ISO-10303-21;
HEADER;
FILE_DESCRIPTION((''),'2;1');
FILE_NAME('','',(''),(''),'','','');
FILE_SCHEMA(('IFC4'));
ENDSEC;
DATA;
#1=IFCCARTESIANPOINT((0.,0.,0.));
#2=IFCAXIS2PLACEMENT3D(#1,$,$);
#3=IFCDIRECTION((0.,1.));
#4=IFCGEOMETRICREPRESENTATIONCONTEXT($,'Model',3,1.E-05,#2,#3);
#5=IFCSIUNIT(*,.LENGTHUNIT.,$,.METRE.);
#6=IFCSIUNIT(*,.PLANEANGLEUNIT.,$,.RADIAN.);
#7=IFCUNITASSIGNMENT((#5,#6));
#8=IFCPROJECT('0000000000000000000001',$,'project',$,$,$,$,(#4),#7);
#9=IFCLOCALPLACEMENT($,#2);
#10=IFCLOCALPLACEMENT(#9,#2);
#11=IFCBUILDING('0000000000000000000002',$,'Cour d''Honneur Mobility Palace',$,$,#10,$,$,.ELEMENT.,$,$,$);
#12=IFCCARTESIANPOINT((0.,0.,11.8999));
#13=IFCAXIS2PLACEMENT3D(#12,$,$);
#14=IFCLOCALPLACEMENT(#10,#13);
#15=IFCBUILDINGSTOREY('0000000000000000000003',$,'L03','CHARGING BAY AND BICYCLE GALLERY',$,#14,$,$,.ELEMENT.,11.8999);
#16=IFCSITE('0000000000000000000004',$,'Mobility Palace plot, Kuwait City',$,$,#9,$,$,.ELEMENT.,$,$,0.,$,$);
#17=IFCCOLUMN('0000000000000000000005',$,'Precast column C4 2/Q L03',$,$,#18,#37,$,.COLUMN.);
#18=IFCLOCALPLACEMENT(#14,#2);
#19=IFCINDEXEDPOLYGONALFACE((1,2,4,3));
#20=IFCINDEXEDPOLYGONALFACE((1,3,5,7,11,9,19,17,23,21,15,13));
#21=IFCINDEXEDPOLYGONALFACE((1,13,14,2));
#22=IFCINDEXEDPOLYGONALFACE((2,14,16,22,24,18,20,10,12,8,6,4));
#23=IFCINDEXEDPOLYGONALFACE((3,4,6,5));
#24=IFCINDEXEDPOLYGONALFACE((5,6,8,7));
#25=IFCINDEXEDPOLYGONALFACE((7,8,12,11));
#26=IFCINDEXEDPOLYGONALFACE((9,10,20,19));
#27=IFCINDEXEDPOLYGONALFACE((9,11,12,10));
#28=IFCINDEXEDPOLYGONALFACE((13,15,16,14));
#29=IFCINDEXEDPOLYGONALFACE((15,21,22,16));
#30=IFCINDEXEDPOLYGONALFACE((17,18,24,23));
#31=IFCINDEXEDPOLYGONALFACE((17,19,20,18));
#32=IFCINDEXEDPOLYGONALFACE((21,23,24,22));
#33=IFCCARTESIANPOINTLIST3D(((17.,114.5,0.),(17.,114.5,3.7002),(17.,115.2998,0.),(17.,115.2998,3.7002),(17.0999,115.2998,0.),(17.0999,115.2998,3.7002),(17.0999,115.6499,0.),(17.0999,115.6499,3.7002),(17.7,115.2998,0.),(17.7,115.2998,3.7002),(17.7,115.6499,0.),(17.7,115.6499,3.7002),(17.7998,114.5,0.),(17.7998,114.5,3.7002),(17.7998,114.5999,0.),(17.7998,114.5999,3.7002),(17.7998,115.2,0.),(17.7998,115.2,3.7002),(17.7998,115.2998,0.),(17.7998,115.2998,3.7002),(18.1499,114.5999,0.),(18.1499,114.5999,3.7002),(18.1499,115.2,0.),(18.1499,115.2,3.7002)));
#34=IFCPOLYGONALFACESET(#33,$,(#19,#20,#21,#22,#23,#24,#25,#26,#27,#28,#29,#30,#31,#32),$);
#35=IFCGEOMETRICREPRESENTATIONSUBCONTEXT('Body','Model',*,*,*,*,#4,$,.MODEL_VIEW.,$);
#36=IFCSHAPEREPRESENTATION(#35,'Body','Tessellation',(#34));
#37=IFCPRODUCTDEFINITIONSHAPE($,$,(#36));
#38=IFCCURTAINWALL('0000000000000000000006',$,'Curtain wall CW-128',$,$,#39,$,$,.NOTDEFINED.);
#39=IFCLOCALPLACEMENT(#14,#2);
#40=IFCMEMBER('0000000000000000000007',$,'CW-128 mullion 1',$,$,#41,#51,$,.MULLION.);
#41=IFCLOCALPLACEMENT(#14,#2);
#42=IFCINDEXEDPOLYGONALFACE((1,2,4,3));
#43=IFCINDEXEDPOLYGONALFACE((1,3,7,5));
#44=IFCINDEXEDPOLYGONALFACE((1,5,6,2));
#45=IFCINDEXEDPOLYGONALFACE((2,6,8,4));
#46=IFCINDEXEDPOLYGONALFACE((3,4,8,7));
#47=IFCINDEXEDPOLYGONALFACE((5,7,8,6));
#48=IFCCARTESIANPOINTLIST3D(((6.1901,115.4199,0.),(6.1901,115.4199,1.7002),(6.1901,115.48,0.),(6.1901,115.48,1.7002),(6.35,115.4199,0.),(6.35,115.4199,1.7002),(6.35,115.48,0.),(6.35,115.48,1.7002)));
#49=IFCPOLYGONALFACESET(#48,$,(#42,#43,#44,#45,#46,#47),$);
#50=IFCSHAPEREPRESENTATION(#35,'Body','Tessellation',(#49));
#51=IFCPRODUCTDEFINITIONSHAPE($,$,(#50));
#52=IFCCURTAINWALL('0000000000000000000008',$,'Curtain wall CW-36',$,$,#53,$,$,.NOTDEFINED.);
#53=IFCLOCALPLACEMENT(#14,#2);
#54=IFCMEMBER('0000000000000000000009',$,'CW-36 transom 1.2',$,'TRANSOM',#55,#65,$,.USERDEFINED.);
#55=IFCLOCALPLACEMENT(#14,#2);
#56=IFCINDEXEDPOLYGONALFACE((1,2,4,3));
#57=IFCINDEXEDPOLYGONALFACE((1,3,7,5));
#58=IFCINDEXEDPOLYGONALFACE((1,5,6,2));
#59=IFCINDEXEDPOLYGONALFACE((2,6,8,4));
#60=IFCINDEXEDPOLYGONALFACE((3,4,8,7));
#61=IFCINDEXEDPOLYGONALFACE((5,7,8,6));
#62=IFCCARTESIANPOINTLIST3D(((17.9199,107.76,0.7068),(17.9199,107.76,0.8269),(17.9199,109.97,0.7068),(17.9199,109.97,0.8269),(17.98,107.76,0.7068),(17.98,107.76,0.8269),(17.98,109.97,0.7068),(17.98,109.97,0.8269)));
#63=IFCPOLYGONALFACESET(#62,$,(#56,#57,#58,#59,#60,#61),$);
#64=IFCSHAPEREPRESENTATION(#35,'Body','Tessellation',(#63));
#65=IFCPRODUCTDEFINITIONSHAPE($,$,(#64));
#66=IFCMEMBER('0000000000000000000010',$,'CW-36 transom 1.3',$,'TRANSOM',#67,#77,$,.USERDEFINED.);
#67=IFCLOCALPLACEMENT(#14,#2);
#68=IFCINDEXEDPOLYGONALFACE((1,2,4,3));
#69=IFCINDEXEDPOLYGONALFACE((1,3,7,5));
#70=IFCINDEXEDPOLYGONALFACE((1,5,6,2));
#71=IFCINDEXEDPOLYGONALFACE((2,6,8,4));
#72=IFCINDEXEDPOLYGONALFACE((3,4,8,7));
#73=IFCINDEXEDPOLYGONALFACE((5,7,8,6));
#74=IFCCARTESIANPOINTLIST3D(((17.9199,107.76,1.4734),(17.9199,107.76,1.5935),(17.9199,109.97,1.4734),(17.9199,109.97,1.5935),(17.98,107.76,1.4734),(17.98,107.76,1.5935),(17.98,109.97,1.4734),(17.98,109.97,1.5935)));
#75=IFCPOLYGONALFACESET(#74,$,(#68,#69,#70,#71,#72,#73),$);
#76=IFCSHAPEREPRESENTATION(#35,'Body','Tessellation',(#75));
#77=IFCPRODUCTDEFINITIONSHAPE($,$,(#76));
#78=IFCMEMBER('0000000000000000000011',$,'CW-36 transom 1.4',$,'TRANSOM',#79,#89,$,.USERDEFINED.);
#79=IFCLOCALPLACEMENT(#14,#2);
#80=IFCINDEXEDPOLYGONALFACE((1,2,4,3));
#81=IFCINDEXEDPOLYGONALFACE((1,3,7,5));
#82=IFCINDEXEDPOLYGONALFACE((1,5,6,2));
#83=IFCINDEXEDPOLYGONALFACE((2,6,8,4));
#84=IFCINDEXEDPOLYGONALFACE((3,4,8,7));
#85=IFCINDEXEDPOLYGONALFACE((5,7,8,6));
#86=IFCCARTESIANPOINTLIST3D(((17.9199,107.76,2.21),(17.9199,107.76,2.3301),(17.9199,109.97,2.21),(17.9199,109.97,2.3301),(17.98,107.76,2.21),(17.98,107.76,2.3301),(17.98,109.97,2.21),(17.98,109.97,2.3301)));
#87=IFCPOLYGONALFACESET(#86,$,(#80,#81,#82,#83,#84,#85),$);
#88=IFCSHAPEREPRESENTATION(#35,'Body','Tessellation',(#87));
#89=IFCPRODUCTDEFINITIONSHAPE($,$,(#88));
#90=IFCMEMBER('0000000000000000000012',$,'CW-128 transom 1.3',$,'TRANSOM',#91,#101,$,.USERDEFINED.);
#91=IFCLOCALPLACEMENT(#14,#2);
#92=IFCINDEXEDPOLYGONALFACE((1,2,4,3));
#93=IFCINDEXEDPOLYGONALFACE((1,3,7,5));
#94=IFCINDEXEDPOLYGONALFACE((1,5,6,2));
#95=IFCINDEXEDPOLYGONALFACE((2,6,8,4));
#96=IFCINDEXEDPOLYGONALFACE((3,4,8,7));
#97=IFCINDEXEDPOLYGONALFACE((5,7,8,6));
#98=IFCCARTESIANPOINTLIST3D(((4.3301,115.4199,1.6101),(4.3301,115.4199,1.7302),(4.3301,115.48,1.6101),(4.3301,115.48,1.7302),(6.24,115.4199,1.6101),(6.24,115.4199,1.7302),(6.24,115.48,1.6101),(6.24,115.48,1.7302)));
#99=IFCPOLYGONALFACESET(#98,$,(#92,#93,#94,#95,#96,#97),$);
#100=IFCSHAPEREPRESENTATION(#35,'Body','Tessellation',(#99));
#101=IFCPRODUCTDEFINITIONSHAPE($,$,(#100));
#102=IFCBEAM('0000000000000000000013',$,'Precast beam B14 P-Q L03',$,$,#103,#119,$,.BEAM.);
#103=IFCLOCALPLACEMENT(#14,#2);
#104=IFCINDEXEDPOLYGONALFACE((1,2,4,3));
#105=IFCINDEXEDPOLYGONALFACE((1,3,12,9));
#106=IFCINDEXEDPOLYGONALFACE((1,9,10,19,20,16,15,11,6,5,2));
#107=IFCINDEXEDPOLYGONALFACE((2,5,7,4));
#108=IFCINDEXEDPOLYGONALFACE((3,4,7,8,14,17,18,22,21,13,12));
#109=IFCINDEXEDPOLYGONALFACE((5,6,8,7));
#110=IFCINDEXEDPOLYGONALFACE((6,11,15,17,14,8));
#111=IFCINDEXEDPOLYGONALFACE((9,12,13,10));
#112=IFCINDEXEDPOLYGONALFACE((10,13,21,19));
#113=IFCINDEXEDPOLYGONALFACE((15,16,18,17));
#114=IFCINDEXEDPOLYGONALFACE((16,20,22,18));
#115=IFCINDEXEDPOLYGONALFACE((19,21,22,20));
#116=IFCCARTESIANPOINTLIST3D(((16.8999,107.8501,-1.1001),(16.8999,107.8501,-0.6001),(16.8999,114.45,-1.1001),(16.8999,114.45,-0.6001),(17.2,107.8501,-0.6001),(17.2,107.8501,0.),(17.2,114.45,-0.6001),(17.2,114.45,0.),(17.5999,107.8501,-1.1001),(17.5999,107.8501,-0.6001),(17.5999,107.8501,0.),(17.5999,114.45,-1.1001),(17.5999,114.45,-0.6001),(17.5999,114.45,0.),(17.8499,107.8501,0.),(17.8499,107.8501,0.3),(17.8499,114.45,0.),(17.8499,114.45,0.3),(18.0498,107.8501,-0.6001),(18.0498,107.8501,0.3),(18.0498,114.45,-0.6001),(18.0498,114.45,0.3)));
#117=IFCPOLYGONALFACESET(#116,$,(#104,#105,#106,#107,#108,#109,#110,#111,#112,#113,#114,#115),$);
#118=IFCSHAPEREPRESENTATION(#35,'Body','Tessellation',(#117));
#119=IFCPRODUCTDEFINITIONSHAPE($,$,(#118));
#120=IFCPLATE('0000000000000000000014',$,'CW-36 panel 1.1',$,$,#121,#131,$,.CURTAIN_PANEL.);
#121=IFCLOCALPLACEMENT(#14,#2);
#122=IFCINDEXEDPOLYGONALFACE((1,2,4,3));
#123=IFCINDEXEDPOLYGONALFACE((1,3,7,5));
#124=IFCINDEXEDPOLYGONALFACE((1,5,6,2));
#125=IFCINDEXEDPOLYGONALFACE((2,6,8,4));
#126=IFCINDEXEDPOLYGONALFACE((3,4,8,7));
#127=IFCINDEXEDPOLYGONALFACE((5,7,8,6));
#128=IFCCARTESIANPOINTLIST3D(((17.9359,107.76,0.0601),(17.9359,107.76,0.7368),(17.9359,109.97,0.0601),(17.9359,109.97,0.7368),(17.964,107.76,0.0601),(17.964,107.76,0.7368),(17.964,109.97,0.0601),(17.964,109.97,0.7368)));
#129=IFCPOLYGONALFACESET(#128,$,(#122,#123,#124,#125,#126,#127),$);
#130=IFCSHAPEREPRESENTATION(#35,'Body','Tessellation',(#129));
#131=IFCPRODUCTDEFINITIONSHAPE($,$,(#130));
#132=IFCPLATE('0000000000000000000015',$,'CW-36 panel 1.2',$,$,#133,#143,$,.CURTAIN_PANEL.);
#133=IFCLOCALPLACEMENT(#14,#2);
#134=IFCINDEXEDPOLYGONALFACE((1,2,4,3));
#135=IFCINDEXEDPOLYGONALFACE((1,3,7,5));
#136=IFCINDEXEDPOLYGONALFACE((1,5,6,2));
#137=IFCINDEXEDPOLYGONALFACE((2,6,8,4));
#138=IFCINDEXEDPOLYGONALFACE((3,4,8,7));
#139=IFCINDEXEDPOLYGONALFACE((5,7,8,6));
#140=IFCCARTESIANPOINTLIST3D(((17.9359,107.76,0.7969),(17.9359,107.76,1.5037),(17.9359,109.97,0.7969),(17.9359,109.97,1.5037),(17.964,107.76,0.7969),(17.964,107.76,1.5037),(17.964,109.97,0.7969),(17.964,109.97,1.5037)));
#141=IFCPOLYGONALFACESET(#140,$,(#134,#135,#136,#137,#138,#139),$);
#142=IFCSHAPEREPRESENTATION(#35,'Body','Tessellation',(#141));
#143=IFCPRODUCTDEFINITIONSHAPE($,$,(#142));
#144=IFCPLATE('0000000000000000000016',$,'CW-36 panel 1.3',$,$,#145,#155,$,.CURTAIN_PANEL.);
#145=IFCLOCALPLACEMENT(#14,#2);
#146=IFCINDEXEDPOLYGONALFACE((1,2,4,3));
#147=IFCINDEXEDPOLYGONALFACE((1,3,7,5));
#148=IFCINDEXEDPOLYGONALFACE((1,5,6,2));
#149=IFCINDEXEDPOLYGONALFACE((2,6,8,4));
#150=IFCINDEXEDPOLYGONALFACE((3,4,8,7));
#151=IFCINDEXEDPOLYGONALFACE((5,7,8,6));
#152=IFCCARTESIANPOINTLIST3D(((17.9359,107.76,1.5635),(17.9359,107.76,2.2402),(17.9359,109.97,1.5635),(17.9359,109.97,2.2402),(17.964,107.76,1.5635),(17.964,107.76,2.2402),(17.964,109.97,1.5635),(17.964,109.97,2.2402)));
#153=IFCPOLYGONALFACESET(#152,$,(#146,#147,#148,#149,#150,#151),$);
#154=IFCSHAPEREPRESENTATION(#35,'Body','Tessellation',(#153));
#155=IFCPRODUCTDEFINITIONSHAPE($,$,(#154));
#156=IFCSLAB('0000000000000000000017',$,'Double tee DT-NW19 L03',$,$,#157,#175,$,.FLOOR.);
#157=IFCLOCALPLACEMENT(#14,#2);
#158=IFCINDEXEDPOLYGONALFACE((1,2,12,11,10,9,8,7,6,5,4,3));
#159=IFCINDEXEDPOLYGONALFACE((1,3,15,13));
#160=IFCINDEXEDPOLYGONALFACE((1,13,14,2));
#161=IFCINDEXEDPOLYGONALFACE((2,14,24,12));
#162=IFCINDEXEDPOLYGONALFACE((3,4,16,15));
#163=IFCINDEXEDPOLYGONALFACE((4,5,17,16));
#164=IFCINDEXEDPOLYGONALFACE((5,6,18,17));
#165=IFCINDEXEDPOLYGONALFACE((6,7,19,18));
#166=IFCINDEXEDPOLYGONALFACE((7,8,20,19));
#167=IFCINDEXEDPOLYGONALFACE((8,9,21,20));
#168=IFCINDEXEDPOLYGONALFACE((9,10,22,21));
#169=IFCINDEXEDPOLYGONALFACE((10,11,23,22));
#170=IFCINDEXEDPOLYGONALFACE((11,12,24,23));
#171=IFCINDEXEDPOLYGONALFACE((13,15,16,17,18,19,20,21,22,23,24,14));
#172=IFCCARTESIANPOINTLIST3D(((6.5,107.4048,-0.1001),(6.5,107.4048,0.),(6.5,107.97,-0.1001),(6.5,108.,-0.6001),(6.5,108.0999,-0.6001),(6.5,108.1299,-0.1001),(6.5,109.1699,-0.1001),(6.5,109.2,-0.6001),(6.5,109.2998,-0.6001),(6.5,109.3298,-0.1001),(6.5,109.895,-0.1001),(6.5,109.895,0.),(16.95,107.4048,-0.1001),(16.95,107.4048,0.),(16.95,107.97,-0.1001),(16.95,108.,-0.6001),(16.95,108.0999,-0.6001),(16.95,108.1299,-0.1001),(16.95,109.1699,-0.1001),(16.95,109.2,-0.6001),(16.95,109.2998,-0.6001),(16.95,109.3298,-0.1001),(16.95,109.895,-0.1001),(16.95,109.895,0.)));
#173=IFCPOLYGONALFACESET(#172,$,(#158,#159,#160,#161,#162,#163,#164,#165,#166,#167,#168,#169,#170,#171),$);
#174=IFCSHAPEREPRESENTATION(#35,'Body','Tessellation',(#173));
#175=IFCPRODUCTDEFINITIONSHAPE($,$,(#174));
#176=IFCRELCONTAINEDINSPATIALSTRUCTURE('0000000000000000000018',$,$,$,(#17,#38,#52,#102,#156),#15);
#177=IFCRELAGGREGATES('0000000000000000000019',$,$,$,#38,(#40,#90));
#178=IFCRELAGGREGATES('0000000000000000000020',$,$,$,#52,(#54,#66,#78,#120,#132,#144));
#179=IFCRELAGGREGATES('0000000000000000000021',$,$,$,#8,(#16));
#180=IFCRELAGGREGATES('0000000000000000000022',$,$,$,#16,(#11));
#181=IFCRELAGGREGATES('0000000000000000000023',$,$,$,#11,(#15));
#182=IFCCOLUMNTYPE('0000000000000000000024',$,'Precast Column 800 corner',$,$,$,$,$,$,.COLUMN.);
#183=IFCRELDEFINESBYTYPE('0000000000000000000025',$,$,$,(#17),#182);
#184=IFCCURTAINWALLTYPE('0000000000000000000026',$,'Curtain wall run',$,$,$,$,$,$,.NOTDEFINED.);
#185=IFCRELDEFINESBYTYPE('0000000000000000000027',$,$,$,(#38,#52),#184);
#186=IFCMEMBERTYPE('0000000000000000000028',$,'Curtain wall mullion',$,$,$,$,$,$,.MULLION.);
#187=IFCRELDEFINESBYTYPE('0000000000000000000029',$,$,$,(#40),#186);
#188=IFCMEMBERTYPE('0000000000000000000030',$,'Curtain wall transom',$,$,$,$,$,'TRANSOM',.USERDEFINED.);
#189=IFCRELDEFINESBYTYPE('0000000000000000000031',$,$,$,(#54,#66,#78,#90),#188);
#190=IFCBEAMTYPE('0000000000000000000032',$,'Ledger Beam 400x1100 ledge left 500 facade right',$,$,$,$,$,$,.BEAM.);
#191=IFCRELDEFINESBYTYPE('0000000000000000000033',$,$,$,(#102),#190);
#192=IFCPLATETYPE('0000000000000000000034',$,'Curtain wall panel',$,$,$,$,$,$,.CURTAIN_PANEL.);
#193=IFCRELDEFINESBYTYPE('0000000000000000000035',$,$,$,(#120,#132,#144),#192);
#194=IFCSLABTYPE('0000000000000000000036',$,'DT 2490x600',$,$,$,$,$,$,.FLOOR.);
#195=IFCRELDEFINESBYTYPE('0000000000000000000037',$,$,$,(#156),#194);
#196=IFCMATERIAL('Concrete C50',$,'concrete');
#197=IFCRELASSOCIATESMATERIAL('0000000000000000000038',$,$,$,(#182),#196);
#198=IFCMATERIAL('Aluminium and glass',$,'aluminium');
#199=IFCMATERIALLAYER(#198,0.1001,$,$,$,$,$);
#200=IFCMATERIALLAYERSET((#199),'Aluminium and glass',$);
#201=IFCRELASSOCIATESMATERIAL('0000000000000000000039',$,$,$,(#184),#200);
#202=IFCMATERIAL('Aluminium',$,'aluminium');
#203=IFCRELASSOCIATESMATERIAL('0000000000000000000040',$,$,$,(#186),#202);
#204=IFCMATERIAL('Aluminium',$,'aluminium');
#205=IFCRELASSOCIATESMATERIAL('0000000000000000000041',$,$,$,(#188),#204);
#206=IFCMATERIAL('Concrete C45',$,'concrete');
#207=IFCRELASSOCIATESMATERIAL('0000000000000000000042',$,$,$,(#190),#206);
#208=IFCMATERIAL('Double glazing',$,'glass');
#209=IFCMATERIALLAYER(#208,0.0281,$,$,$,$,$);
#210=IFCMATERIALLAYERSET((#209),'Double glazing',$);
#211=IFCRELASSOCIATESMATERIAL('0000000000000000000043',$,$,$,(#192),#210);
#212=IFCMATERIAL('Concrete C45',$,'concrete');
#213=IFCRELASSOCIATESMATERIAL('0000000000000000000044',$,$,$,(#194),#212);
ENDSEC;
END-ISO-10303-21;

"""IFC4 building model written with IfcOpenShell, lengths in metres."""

from ifc_helpers import new_model, si_unit, direction, frame, origin, origin_2d, place, context, subcontext, project, spatial, polyline, rectangle, outline, extrude, material, layer, layer_set, material_profile, profile_set, type_object, element, aggregate, save


model = new_model("IFC4")

# Units and contexts
model_context = context("Model", 3, precision=1e-05, world=origin(), true_north=direction((0.0, 1.0)))
body_context = subcontext(model_context, "Body", "Model", "MODEL_VIEW")
ifc_project = project(units=[si_unit("LENGTHUNIT", "METRE"), si_unit("PLANEANGLEUNIT", "RADIAN")], contexts=[model_context])

# Site, building, storey
site_placement = place(None, origin())
site = spatial("IfcSite", under=ifc_project, at=site_placement, Name="Mobility Palace plot, Kuwait City", CompositionType="ELEMENT", RefElevation=0.0)
building_placement = place(site_placement, origin())
building = spatial("IfcBuilding", under=site, at=building_placement, Name="Cour d'Honneur Mobility Palace", CompositionType="ELEMENT")
storey_placement = place(building_placement, frame((0.0, 0.0, 11.8999)))
storey = spatial("IfcBuildingStorey", under=building, at=storey_placement, Name="L03", Description="CHARGING BAY AND BICYCLE GALLERY", CompositionType="ELEMENT", Elevation=11.8999)

# Column
ifc_material_1 = material(Name="Concrete C50", Category="concrete")
ifc_material_profile_1 = material_profile(ifc_material_1, outline(polyline([(-0.3999, -0.3999), (0.3999, -0.3999), (0.3999, -0.3), (0.75, -0.3), (0.75, 0.3), (0.3999, 0.3), (0.3999, 0.3999), (0.3, 0.3999), (0.3, 0.75), (-0.3, 0.75), (-0.3, 0.3999), (-0.3999, 0.3999), (-0.3999, -0.3999)])), Name="PC C800 corner")
ifc_profile_set_1 = profile_set([ifc_material_profile_1], Name="Concrete C50")
column_type = type_object("IfcColumnType", Name="Precast Column 800 corner", PredefinedType="COLUMN", material=ifc_profile_set_1)
column_placement = place(storey_placement, frame((17.3999, 114.8999, 0.0), z_axis=(0.0, 0.0, 1.0), x_axis=(1.0, 0.0, 0.0)))
element("IfcColumn", 1, at=column_placement, inside=storey, type_object=column_type, Name="Precast column C4 2/Q L03", PredefinedType="COLUMN", context=body_context, shape_type="SweptSolid", body=[
    extrude(outline(polyline([(-0.3999, -0.3999), (0.3999, -0.3999), (0.3999, -0.3), (0.75, -0.3), (0.75, 0.3), (0.3999, 0.3), (0.3999, 0.3999), (0.3, 0.3999), (0.3, 0.75), (-0.3, 0.75), (-0.3, 0.3999), (-0.3999, 0.3999), (-0.3999, -0.3999)])), origin(), (0.0, 0.0, 1.0), 3.7002),
])

# Curtain wall, member
ifc_material_2 = material(Name="Aluminium and glass", Category="aluminium")
ifc_layer_1 = layer(ifc_material_2, 0.1001)
ifc_layer_set_1 = layer_set([ifc_layer_1], Name="Aluminium and glass")
curtain_wall_type = type_object("IfcCurtainWallType", Name="Curtain wall run", PredefinedType="NOTDEFINED", material=ifc_layer_set_1)
curtain_wall_1_placement = place(storey_placement, origin())
curtain_wall_1 = element("IfcCurtainWall", 2, at=curtain_wall_1_placement, inside=storey, type_object=curtain_wall_type, Name="Curtain wall CW-128", PredefinedType="NOTDEFINED")
ifc_material_3 = material(Name="Aluminium", Category="aluminium")
ifc_material_profile_2 = material_profile(ifc_material_3, rectangle(XDim=0.0601, YDim=0.1599, at=origin_2d()), Name="Curtain wall mullion")
ifc_profile_set_2 = profile_set([ifc_material_profile_2], Name="Aluminium")
member_type_1 = type_object("IfcMemberType", Name="Curtain wall mullion", PredefinedType="MULLION", material=ifc_profile_set_2)
member_1_placement = place(storey_placement, frame((6.27, 115.45, 0.0), z_axis=(0.0, 0.0, 1.0), x_axis=(0.0, -1.0, 0.0)))
member_1 = element("IfcMember", 3, at=member_1_placement, type_object=member_type_1, Name="CW-128 mullion 1", PredefinedType="MULLION", context=body_context, shape_type="SweptSolid", body=[
    extrude(rectangle(XDim=0.0601, YDim=0.1599, at=origin_2d()), origin(), (0.0, 0.0, 1.0), 1.7002),
])

# Curtain wall, members
curtain_wall_2_placement = place(storey_placement, origin())
curtain_wall_2 = element("IfcCurtainWall", 4, at=curtain_wall_2_placement, inside=storey, type_object=curtain_wall_type, Name="Curtain wall CW-36", PredefinedType="NOTDEFINED")
ifc_material_4 = material(Name="Aluminium", Category="aluminium")
ifc_material_profile_3 = material_profile(ifc_material_4, rectangle(XDim=0.0601, YDim=0.1201, at=origin_2d()), Name="Curtain wall transom")
ifc_profile_set_3 = profile_set([ifc_material_profile_3], Name="Aluminium")
member_type_2 = type_object("IfcMemberType", Name="Curtain wall transom", ElementType="TRANSOM", PredefinedType="USERDEFINED", material=ifc_profile_set_3)
member_2_placement = place(storey_placement, frame((17.95, 107.76, 0.7668), z_axis=(0.0, 1.0, 0.0), x_axis=(-1.0, 0.0, 0.0)))
member_2 = element("IfcMember", 5, at=member_2_placement, type_object=member_type_2, Name="CW-36 transom 1.2", ObjectType="TRANSOM", PredefinedType="USERDEFINED", context=body_context, shape_type="SweptSolid", body=[
    extrude(rectangle(XDim=0.0601, YDim=0.1201, at=origin_2d()), origin(), (0.0, 0.0, 1.0), 2.21),
])
member_3_placement = place(storey_placement, frame((17.95, 107.76, 1.5334), z_axis=(0.0, 1.0, 0.0), x_axis=(-1.0, 0.0, 0.0)))
member_3 = element("IfcMember", 6, at=member_3_placement, type_object=member_type_2, Name="CW-36 transom 1.3", ObjectType="TRANSOM", PredefinedType="USERDEFINED", context=body_context, shape_type="SweptSolid", body=[
    extrude(rectangle(XDim=0.0601, YDim=0.1201, at=origin_2d()), origin(), (0.0, 0.0, 1.0), 2.21),
])
member_4_placement = place(storey_placement, frame((17.95, 107.76, 2.27), z_axis=(0.0, 1.0, 0.0), x_axis=(-1.0, 0.0, 0.0)))
member_4 = element("IfcMember", 7, at=member_4_placement, type_object=member_type_2, Name="CW-36 transom 1.4", ObjectType="TRANSOM", PredefinedType="USERDEFINED", context=body_context, shape_type="SweptSolid", body=[
    extrude(rectangle(XDim=0.0601, YDim=0.1201, at=origin_2d()), origin(), (0.0, 0.0, 1.0), 2.21),
])

# Member
member_5_placement = place(storey_placement, frame((6.24, 115.45, 1.6702), z_axis=(-1.0, 0.0, 0.0), x_axis=(0.0, -1.0, 0.0)))
member_5 = element("IfcMember", 8, at=member_5_placement, type_object=member_type_2, Name="CW-128 transom 1.3", ObjectType="TRANSOM", PredefinedType="USERDEFINED", context=body_context, shape_type="SweptSolid", body=[
    extrude(rectangle(XDim=0.0601, YDim=0.1201, at=origin_2d()), origin(), (0.0, 0.0, 1.0), 1.9099),
])
aggregate(curtain_wall_1, [member_1, member_5])

# Beam
ifc_material_5 = material(Name="Concrete C45", Category="concrete")
ifc_material_profile_4 = material_profile(ifc_material_5, outline(polyline([(0.5, -1.1001), (0.5, -0.6001), (0.2, -0.6001), (0.2, 0.0), (-0.2, 0.0), (-0.45, 0.0), (-0.45, 0.3), (-0.6499, 0.3), (-0.6499, -0.6001), (-0.2, -0.6001), (-0.2, -1.1001), (0.5, -1.1001)])), Name="Ledger Beam 400x1100 ledge left 500 facade right")
ifc_profile_set_4 = profile_set([ifc_material_profile_4], Name="Concrete C45")
beam_type = type_object("IfcBeamType", Name="Ledger Beam 400x1100 ledge left 500 facade right", PredefinedType="BEAM", material=ifc_profile_set_4)
beam_placement = place(storey_placement, frame((17.3999, 107.8501, 0.0), z_axis=(0.0, 1.0, 0.0), x_axis=(-1.0, 0.0, 0.0)))
element("IfcBeam", 9, at=beam_placement, inside=storey, type_object=beam_type, Name="Precast beam B14 P-Q L03", PredefinedType="BEAM", context=body_context, shape_type="SweptSolid", body=[
    extrude(outline(polyline([(0.5, -1.1001), (0.5, -0.6001), (0.2, -0.6001), (0.2, 0.0), (-0.2, 0.0), (-0.45, 0.0), (-0.45, 0.3), (-0.6499, 0.3), (-0.6499, -0.6001), (-0.2, -0.6001), (-0.2, -1.1001), (0.5, -1.1001)])), origin(), (0.0, 0.0, 1.0), 6.5999),
])

# Plates
ifc_material_6 = material(Name="Double glazing", Category="glass")
ifc_layer_2 = layer(ifc_material_6, 0.0281)
ifc_layer_set_2 = layer_set([ifc_layer_2], Name="Double glazing")
plate_type = type_object("IfcPlateType", Name="Curtain wall panel", PredefinedType="CURTAIN_PANEL", material=ifc_layer_set_2)
plate_1_placement = place(storey_placement, frame((17.95, 108.865, 0.0601), z_axis=(0.0, 0.0, 1.0), x_axis=(0.0, 1.0, 0.0)))
plate_1 = element("IfcPlate", 10, at=plate_1_placement, type_object=plate_type, Name="CW-36 panel 1.1", PredefinedType="CURTAIN_PANEL", context=body_context, shape_type="SweptSolid", body=[
    extrude(rectangle(XDim=2.21, YDim=0.0281, at=origin_2d()), origin(), (0.0, 0.0, 1.0), 0.6768),
])
plate_2_placement = place(storey_placement, frame((17.95, 108.865, 0.7969), z_axis=(0.0, 0.0, 1.0), x_axis=(0.0, 1.0, 0.0)))
plate_2 = element("IfcPlate", 11, at=plate_2_placement, type_object=plate_type, Name="CW-36 panel 1.2", PredefinedType="CURTAIN_PANEL", context=body_context, shape_type="SweptSolid", body=[
    extrude(rectangle(XDim=2.21, YDim=0.0281, at=origin_2d()), origin(), (0.0, 0.0, 1.0), 0.7068),
])
plate_3_placement = place(storey_placement, frame((17.95, 108.865, 1.5635), z_axis=(0.0, 0.0, 1.0), x_axis=(0.0, 1.0, 0.0)))
plate_3 = element("IfcPlate", 12, at=plate_3_placement, type_object=plate_type, Name="CW-36 panel 1.3", PredefinedType="CURTAIN_PANEL", context=body_context, shape_type="SweptSolid", body=[
    extrude(rectangle(XDim=2.21, YDim=0.0281, at=origin_2d()), origin(), (0.0, 0.0, 1.0), 0.6768),
])
aggregate(curtain_wall_2, [member_2, member_3, member_4, plate_1, plate_2, plate_3])

# Slab
ifc_material_7 = material(Name="Concrete C45", Category="concrete")
ifc_material_profile_5 = material_profile(ifc_material_7, outline(polyline([(-1.2451, 0.0), (1.2451, 0.0), (1.2451, -0.1001), (0.6799, -0.1001), (0.6499, -0.6001), (0.55, -0.6001), (0.52, -0.1001), (-0.52, -0.1001), (-0.55, -0.6001), (-0.6499, -0.6001), (-0.6799, -0.1001), (-1.2451, -0.1001), (-1.2451, 0.0)])), Name="DT 2490x600")
ifc_profile_set_5 = profile_set([ifc_material_profile_5], Name="Concrete C45")
slab_type = type_object("IfcSlabType", Name="DT 2490x600", PredefinedType="FLOOR", material=ifc_profile_set_5)
slab_1_placement = place(storey_placement, frame((6.5, 108.6499, 0.0), z_axis=(1.0, 0.0, 0.0), x_axis=(0.0, 1.0, 0.0)))
element("IfcSlab", 13, at=slab_1_placement, inside=storey, type_object=slab_type, Name="Double tee DT-NW19 L03", PredefinedType="FLOOR", context=body_context, shape_type="SweptSolid", body=[
    extrude(outline(polyline([(-1.2451, 0.0), (1.2451, 0.0), (1.2451, -0.1001), (0.6799, -0.1001), (0.6499, -0.6001), (0.55, -0.6001), (0.52, -0.1001), (-0.52, -0.1001), (-0.55, -0.6001), (-0.6499, -0.6001), (-0.6799, -0.1001), (-1.2451, -0.1001), (-1.2451, 0.0)])), origin(), (0.0, 0.0, 1.0), 10.45),
])

save(model, "model.ifc")
